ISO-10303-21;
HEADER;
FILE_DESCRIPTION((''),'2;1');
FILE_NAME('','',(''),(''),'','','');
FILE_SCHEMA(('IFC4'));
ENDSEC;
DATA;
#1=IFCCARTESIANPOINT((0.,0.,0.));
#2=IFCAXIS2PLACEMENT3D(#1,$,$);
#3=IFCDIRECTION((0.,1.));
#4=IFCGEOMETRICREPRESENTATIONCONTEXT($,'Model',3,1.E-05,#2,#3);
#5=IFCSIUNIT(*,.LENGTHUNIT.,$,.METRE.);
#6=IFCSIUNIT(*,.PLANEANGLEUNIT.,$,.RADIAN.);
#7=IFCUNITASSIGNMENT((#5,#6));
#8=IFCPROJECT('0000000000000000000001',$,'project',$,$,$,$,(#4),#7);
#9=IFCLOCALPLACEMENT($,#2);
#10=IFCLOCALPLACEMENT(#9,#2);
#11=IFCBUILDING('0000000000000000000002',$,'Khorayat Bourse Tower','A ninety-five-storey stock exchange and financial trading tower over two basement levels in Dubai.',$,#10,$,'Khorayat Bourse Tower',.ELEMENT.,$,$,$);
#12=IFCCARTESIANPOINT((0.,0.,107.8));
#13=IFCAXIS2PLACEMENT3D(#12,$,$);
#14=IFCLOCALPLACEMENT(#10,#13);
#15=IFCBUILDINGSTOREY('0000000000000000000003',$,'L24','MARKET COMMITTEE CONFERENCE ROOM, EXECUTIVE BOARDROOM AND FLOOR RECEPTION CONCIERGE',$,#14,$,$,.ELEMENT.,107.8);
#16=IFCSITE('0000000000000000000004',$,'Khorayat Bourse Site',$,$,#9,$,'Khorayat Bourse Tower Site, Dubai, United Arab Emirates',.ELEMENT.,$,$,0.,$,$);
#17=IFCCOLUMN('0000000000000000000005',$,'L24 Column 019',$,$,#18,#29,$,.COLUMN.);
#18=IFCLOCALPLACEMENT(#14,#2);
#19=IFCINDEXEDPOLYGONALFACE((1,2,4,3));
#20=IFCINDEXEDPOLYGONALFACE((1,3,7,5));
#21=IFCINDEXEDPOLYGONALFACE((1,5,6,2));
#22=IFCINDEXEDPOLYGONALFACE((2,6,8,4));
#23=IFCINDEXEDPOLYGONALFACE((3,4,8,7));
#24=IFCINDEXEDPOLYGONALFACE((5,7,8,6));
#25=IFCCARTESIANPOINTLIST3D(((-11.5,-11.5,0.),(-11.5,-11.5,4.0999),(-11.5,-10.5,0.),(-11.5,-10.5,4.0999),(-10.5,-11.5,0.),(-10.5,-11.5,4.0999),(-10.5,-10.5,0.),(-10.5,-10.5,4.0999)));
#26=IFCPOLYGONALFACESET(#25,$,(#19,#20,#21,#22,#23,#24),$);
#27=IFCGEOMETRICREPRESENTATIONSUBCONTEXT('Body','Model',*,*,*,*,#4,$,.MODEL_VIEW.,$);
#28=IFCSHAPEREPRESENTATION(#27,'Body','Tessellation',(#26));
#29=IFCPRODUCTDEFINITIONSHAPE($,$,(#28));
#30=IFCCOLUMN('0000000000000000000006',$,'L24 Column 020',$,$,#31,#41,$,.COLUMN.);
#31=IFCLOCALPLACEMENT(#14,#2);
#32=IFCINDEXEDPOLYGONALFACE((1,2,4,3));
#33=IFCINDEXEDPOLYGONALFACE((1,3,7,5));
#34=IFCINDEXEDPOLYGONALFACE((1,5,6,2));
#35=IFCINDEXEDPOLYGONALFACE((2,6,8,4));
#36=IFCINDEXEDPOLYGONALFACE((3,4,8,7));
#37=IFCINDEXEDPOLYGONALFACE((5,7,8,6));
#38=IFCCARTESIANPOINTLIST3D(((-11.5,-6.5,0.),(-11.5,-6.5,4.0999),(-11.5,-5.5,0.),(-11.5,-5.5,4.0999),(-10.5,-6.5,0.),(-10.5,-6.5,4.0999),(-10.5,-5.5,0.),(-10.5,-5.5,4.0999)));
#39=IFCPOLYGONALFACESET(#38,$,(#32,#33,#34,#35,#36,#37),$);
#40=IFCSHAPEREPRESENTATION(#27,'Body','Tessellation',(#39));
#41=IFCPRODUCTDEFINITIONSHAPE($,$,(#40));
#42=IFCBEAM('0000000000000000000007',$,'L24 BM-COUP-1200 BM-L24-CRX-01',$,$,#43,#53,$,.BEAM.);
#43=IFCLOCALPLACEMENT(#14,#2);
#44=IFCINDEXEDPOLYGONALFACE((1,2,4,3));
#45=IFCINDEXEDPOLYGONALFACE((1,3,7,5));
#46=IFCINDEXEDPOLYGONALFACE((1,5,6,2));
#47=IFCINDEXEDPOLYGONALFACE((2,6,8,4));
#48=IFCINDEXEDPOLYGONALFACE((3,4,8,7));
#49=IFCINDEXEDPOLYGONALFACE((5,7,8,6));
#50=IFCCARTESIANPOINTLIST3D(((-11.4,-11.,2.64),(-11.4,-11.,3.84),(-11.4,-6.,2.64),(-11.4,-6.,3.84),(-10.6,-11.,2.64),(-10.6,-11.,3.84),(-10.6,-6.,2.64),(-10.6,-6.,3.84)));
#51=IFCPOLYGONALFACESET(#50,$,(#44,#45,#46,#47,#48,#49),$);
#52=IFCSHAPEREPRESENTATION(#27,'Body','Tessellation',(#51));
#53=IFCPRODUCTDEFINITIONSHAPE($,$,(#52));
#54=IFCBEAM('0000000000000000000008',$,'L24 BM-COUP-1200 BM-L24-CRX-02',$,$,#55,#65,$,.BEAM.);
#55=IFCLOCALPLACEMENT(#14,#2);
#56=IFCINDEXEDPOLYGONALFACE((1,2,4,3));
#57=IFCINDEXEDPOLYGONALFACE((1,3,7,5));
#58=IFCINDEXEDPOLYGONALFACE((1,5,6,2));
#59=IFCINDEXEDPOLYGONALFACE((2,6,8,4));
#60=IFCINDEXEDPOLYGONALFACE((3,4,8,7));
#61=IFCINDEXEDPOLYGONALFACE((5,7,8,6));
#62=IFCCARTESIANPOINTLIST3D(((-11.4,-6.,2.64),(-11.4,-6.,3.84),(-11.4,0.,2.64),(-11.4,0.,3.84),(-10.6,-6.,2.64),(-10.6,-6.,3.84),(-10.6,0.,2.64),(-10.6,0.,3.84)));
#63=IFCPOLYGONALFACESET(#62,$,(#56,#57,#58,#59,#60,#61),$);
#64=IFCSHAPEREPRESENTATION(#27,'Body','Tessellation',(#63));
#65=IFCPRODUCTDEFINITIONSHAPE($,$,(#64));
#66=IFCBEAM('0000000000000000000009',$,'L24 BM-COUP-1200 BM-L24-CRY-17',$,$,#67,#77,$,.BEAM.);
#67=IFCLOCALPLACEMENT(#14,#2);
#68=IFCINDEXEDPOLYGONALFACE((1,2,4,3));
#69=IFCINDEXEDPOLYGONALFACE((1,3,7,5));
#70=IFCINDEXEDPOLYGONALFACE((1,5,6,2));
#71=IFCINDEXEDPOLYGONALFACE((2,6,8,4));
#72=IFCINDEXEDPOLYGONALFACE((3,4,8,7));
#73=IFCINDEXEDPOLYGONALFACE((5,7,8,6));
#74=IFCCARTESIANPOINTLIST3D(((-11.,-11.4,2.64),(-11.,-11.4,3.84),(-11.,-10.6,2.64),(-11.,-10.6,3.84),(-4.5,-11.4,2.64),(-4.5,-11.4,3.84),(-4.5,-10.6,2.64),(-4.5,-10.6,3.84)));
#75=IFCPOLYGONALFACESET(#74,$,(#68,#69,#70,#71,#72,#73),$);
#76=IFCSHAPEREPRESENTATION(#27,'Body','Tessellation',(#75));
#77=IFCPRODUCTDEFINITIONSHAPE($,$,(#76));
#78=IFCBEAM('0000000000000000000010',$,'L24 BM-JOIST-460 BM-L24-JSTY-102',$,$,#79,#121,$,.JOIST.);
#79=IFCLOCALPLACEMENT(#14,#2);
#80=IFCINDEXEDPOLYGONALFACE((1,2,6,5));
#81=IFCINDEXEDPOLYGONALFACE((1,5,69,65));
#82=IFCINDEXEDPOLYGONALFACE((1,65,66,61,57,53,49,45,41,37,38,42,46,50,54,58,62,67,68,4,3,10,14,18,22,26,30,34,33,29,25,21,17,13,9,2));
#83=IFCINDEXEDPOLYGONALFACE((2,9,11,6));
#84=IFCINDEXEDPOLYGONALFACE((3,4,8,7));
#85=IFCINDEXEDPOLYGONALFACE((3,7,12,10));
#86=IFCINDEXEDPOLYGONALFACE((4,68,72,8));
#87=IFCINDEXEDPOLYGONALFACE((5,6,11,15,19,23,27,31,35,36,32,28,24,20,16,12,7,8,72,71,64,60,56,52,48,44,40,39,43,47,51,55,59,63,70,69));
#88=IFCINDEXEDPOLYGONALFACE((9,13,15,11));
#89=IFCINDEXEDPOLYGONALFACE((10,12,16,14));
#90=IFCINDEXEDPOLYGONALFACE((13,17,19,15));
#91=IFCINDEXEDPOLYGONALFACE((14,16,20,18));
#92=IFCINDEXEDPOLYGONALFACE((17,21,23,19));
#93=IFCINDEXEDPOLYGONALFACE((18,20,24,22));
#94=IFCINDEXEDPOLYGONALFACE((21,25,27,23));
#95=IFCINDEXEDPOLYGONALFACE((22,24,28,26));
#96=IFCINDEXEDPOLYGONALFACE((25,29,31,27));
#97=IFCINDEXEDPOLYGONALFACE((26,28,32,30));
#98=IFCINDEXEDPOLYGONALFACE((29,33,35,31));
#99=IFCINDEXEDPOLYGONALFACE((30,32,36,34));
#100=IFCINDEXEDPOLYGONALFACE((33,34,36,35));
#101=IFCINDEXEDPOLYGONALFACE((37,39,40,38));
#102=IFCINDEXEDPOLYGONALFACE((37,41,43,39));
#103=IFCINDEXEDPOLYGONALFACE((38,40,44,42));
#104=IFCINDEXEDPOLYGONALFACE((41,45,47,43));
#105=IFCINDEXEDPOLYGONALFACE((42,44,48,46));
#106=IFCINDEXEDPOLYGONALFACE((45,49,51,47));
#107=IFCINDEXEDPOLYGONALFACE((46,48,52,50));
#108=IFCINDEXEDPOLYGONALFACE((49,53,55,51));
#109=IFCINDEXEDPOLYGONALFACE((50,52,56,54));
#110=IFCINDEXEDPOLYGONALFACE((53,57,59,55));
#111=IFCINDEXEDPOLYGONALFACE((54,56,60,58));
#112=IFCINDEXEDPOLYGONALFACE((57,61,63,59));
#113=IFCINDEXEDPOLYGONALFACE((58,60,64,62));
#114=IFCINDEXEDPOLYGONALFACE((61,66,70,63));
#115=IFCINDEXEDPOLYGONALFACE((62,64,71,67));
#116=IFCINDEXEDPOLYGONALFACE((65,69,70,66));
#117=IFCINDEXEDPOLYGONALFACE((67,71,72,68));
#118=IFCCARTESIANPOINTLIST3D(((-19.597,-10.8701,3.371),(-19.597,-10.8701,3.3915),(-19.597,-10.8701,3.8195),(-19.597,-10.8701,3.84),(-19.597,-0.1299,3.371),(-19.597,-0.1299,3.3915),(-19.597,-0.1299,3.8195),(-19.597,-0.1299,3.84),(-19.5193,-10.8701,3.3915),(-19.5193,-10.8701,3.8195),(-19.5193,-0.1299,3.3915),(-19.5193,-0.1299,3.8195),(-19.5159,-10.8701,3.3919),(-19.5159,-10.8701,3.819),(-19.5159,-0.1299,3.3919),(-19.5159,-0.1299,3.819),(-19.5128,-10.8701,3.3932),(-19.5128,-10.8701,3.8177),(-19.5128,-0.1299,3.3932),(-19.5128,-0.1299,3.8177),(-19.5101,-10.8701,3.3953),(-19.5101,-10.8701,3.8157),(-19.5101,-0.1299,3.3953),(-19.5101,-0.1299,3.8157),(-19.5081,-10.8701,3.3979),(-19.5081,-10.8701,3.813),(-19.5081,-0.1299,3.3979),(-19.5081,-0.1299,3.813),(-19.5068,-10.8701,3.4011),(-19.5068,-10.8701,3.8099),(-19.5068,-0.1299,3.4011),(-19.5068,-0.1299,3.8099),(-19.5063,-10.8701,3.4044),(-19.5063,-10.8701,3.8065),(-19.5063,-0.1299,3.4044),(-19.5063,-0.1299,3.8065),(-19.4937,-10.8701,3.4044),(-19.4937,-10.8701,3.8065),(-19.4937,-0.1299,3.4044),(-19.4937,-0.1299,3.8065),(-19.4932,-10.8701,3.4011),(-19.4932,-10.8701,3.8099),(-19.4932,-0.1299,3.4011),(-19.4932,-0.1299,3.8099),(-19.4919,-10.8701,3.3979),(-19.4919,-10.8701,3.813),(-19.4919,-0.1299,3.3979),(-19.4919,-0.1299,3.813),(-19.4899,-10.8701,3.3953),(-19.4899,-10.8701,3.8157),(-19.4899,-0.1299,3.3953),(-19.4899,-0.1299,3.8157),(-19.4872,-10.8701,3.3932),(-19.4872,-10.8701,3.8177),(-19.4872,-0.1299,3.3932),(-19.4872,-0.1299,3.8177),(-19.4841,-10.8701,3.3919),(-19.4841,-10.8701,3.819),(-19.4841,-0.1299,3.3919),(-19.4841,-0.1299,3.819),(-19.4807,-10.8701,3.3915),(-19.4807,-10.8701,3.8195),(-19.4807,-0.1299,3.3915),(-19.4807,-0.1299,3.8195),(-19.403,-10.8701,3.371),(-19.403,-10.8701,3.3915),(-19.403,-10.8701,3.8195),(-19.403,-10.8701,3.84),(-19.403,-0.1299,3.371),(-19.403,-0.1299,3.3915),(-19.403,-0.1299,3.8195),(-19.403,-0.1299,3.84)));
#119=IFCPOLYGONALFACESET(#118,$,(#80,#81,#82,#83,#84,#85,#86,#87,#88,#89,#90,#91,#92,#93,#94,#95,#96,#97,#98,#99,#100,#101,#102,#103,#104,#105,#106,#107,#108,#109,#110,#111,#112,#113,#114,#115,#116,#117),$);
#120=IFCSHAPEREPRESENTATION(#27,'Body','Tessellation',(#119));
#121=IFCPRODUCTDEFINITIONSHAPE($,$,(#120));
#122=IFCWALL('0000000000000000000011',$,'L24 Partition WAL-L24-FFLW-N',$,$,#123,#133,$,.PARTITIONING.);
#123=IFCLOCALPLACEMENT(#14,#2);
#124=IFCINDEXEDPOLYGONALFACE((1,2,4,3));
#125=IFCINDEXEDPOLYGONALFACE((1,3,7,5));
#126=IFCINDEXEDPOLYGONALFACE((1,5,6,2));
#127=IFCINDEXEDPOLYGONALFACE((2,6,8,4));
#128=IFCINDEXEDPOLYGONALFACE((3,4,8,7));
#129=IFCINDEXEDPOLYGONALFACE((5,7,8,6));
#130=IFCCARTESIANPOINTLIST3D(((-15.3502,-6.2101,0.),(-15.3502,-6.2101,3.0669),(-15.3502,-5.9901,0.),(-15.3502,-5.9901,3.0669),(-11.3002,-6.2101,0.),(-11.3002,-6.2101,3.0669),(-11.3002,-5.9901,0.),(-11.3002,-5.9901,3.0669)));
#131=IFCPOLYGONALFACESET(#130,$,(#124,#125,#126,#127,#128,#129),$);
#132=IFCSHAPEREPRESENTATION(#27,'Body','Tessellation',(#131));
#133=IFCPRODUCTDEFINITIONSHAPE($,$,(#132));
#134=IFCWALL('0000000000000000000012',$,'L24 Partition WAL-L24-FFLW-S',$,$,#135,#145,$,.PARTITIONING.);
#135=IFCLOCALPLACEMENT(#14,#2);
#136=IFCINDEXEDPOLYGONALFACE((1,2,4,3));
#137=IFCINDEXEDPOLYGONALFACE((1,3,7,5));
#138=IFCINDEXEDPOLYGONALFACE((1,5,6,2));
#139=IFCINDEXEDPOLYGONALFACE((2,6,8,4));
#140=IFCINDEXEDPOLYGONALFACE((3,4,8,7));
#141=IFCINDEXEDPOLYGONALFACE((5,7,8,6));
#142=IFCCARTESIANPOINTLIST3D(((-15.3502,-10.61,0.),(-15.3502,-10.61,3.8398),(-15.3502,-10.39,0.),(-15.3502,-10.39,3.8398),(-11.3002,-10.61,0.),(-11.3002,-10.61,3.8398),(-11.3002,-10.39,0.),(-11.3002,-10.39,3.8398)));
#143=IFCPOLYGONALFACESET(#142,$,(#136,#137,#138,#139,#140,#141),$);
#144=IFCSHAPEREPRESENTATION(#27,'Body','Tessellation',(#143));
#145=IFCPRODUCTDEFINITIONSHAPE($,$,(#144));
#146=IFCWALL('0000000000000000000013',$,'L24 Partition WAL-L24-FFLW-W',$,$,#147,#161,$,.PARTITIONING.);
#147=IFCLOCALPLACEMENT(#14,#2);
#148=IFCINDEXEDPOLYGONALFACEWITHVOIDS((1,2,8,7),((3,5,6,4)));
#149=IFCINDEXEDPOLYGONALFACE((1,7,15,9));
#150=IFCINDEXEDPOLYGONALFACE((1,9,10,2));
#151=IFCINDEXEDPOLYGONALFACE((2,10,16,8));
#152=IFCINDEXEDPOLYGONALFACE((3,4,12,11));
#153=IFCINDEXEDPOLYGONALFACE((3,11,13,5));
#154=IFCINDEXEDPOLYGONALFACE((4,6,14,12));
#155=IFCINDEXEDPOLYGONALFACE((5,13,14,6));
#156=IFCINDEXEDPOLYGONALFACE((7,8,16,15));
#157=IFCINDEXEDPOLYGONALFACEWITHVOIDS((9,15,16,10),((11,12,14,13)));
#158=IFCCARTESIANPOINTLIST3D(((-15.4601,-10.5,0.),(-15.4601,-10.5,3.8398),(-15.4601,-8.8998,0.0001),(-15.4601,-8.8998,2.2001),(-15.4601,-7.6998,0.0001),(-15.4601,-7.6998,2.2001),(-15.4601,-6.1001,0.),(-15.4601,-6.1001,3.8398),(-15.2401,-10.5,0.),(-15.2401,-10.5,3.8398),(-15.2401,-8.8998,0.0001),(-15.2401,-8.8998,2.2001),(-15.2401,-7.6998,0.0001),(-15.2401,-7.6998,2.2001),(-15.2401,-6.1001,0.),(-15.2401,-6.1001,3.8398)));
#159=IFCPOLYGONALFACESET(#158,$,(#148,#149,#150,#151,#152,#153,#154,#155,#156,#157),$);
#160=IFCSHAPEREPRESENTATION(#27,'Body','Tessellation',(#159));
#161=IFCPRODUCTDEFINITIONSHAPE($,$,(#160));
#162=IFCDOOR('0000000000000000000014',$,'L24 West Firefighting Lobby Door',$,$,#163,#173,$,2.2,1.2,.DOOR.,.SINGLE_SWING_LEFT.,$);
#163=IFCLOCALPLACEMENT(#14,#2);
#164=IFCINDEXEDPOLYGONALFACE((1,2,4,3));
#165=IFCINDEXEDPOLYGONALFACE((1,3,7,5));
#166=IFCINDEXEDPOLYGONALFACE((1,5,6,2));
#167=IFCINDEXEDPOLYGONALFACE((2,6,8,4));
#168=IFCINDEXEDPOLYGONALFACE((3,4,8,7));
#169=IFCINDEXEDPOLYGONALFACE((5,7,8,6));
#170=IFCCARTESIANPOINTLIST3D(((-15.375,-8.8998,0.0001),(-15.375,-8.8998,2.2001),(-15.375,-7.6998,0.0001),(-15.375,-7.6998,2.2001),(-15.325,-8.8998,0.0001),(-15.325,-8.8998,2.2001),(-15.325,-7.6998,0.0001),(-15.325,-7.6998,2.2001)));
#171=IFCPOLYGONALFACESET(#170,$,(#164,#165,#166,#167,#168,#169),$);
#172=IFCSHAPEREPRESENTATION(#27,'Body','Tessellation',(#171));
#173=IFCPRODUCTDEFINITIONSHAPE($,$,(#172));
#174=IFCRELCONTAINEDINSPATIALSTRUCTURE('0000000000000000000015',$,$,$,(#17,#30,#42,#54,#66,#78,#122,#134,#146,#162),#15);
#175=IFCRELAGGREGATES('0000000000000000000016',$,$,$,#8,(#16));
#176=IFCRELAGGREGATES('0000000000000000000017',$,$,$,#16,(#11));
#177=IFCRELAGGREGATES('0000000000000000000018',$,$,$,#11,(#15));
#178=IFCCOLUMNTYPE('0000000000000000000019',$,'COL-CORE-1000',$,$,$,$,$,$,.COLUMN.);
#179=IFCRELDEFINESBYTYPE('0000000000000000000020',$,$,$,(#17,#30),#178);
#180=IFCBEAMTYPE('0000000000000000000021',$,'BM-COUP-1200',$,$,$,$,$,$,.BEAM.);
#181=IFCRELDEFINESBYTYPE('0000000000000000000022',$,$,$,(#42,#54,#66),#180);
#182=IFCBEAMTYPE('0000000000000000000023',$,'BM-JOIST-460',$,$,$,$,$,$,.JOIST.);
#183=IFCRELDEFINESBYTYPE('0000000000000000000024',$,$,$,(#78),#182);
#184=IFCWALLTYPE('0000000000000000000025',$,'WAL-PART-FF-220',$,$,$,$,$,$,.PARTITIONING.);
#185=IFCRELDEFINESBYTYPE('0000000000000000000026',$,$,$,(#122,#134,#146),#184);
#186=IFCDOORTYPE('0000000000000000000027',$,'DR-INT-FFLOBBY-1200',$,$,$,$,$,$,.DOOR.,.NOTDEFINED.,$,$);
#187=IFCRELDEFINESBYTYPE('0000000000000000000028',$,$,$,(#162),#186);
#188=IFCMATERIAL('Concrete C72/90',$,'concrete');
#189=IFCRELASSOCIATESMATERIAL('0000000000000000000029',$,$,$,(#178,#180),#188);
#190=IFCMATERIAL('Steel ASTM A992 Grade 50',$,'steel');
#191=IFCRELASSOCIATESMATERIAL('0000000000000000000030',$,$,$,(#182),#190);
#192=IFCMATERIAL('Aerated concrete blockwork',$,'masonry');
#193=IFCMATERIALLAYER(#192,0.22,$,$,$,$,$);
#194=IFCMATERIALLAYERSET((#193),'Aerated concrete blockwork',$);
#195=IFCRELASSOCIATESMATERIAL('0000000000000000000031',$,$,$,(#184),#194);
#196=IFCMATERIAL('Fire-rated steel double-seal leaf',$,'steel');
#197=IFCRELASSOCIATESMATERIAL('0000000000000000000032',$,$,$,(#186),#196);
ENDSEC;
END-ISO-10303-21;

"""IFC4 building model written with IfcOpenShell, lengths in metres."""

from ifc_helpers import new_model, si_unit, direction, frame, frame_2d, origin, origin_2d, place, context, subcontext, project, spatial, rectangle, i_section, extrude, source, transform, mapped, material, layer, layer_set, material_profile, profile_set, type_object, element, fill, save


model = new_model("IFC4")

# Units and contexts
model_context = context("Model", 3, precision=1e-05, world=origin(), true_north=direction((0.0, 1.0)))
body_context = subcontext(model_context, "Body", "Model", "MODEL_VIEW")
ifc_project = project(units=[si_unit("LENGTHUNIT", "METRE"), si_unit("PLANEANGLEUNIT", "RADIAN")], contexts=[model_context])

# Site, building, storey
site_placement = place(None, origin())
site = spatial("IfcSite", under=ifc_project, at=site_placement, Name="Khorayat Bourse Site", LongName="Khorayat Bourse Tower Site, Dubai, United Arab Emirates", CompositionType="ELEMENT", RefElevation=0.0)
building_placement = place(site_placement, origin())
building = spatial("IfcBuilding", under=site, at=building_placement, Name="Khorayat Bourse Tower", Description="A ninety-five-storey stock exchange and financial trading tower over two basement levels in Dubai.", LongName="Khorayat Bourse Tower", CompositionType="ELEMENT")
storey_placement = place(building_placement, frame((0.0, 0.0, 107.8)))
storey = spatial("IfcBuildingStorey", under=building, at=storey_placement, Name="L24", Description="MARKET COMMITTEE CONFERENCE ROOM, EXECUTIVE BOARDROOM AND FLOOR RECEPTION CONCIERGE", CompositionType="ELEMENT", Elevation=107.8)

# Columns
ifc_material_1 = material(Name="Concrete C72/90", Category="concrete")
ifc_material_profile_1 = material_profile(ifc_material_1, rectangle(XDim=1.0, YDim=1.0, at=origin_2d()), Name="RC 1000x1000")
ifc_profile_set_1 = profile_set([ifc_material_profile_1], Name="Concrete C72/90")
column_type = type_object("IfcColumnType", Name="COL-CORE-1000", PredefinedType="COLUMN", material=ifc_profile_set_1)
shared_shape_1 = source(origin(), body_context, "Body", "SweptSolid", [
    extrude(rectangle(XDim=1.0, YDim=1.0, at=origin_2d()), origin(), (0.0, 0.0, 1.0), 4.0999),
])
for number, where, z_axis, x_axis, name in (
    (1, (-11.0, -11.0, 0.0), (0.0, 0.0, 1.0), (1.0, 0.0, 0.0), "L24 Column 019"),
    (2, (-11.0, -6.0, 0.0), (0.0, 0.0, 1.0), (1.0, 0.0, 0.0), "L24 Column 020"),
):
    element("IfcColumn", number, at=place(storey_placement, frame(where, z_axis=z_axis, x_axis=x_axis)), inside=storey, type_object=column_type, Name=name, PredefinedType="COLUMN", context=body_context, shape_type="MappedRepresentation", body=[
        mapped(shared_shape_1, transform((0.0, 0.0, 0.0), scale=1.0)),
    ])

# Beams
ifc_material_profile_2 = material_profile(ifc_material_1, rectangle(XDim=0.8, YDim=1.2, at=origin_2d()), Name="RC 800x1200")
ifc_profile_set_2 = profile_set([ifc_material_profile_2], Name="Concrete C72/90")
beam_type_1 = type_object("IfcBeamType", Name="BM-COUP-1200", PredefinedType="BEAM", material=ifc_profile_set_2)
shared_shape_2 = source(origin(), body_context, "Body", "SweptSolid", [
    extrude(rectangle(XDim=0.8, YDim=1.2, at=origin_2d()), origin(), (0.0, 0.0, 1.0), 5.0),
])
beam_1_placement = place(storey_placement, frame((-11.0, -11.0, 3.24), z_axis=(0.0, 1.0, 0.0), x_axis=(-1.0, 0.0, 0.0)))
element("IfcBeam", 3, at=beam_1_placement, inside=storey, type_object=beam_type_1, Name="L24 BM-COUP-1200 BM-L24-CRX-01", PredefinedType="BEAM", context=body_context, shape_type="MappedRepresentation", body=[
    mapped(shared_shape_2, transform((0.0, 0.0, 0.0), scale=1.0)),
])
shared_shape_3 = source(origin(), body_context, "Body", "SweptSolid", [
    extrude(rectangle(XDim=0.8, YDim=1.2, at=origin_2d()), origin(), (0.0, 0.0, 1.0), 6.0),
])
beam_2_placement = place(storey_placement, frame((-11.0, -6.0, 3.24), z_axis=(0.0, 1.0, 0.0), x_axis=(-1.0, 0.0, 0.0)))
element("IfcBeam", 4, at=beam_2_placement, inside=storey, type_object=beam_type_1, Name="L24 BM-COUP-1200 BM-L24-CRX-02", PredefinedType="BEAM", context=body_context, shape_type="MappedRepresentation", body=[
    mapped(shared_shape_3, transform((0.0, 0.0, 0.0), scale=1.0)),
])
shared_shape_4 = source(origin(), body_context, "Body", "SweptSolid", [
    extrude(rectangle(XDim=0.8, YDim=1.2, at=origin_2d()), origin(), (0.0, 0.0, 1.0), 6.5),
])
beam_3_placement = place(storey_placement, frame((-11.0, -11.0, 3.24), z_axis=(1.0, 0.0, 0.0), x_axis=(0.0, 1.0, 0.0)))
element("IfcBeam", 5, at=beam_3_placement, inside=storey, type_object=beam_type_1, Name="L24 BM-COUP-1200 BM-L24-CRY-17", PredefinedType="BEAM", context=body_context, shape_type="MappedRepresentation", body=[
    mapped(shared_shape_4, transform((0.0, 0.0, 0.0), scale=1.0)),
])
ifc_material_2 = material(Name="Steel ASTM A992 Grade 50", Category="steel")
ifc_material_profile_3 = material_profile(ifc_material_2, i_section(OverallWidth=0.1941, OverallDepth=0.469, WebThickness=0.0127, FlangeThickness=0.0205, FilletRadius=0.0129, at=origin_2d()), Name="W460X106")
ifc_profile_set_3 = profile_set([ifc_material_profile_3], Name="Steel ASTM A992 Grade 50")
beam_type_2 = type_object("IfcBeamType", Name="BM-JOIST-460", PredefinedType="JOIST", material=ifc_profile_set_3)
shared_shape_5 = source(origin(), body_context, "Body", "SweptSolid", [
    extrude(i_section(OverallWidth=0.1941, OverallDepth=0.469, WebThickness=0.0127, FlangeThickness=0.0205, FilletRadius=0.0129, at=origin_2d()), origin(), (0.0, 0.0, 1.0), 10.7402),
])
beam_4_placement = place(storey_placement, frame((-19.5, -10.8701, 3.6055), z_axis=(0.0, 1.0, 0.0), x_axis=(-1.0, 0.0, 0.0)))
element("IfcBeam", 6, at=beam_4_placement, inside=storey, type_object=beam_type_2, Name="L24 BM-JOIST-460 BM-L24-JSTY-102", PredefinedType="JOIST", context=body_context, shape_type="MappedRepresentation", body=[
    mapped(shared_shape_5, transform((0.0, 0.0, 0.0), scale=1.0)),
])

# Walls
ifc_material_3 = material(Name="Aerated concrete blockwork", Category="masonry")
ifc_layer_1 = layer(ifc_material_3, 0.22)
ifc_layer_set_1 = layer_set([ifc_layer_1], Name="Aerated concrete blockwork")
wall_type_1 = type_object("IfcWallType", Name="WAL-PART-FF-220", PredefinedType="PARTITIONING", material=ifc_layer_set_1)
shared_shape_6 = source(origin(), body_context, "Body", "SweptSolid", [
    extrude(rectangle(XDim=4.05, YDim=0.22, at=frame_2d((2.0249, 0.0))), origin(), (0.0, 0.0, 1.0), 3.0669),
])
wall_1_placement = place(storey_placement, frame((-15.3501, -6.1001, 0.0), z_axis=(0.0, 0.0, 1.0), x_axis=(1.0, 0.0, 0.0)))
element("IfcWall", 7, at=wall_1_placement, inside=storey, type_object=wall_type_1, Name="L24 Partition WAL-L24-FFLW-N", PredefinedType="PARTITIONING", context=body_context, shape_type="MappedRepresentation", body=[
    mapped(shared_shape_6, transform((0.0, 0.0, 0.0), scale=1.0)),
])
shared_shape_7 = source(origin(), body_context, "Body", "SweptSolid", [
    extrude(rectangle(XDim=4.05, YDim=0.22, at=frame_2d((2.0249, 0.0))), origin(), (0.0, 0.0, 1.0), 3.8398),
])
wall_2_placement = place(storey_placement, frame((-15.3501, -10.5, 0.0), z_axis=(0.0, 0.0, 1.0), x_axis=(1.0, 0.0, 0.0)))
element("IfcWall", 8, at=wall_2_placement, inside=storey, type_object=wall_type_1, Name="L24 Partition WAL-L24-FFLW-S", PredefinedType="PARTITIONING", context=body_context, shape_type="MappedRepresentation", body=[
    mapped(shared_shape_7, transform((0.0, 0.0, 0.0), scale=1.0)),
])

# Wall, opening, door
shared_shape_8 = source(origin(), body_context, "Body", "SweptSolid", [
    extrude(rectangle(XDim=4.3999, YDim=0.22, at=frame_2d((2.2, 0.0))), origin(), (0.0, 0.0, 1.0), 3.8398),
])
wall_3_placement = place(storey_placement, frame((-15.3501, -10.5, 0.0), z_axis=(0.0, 0.0, 1.0), x_axis=(0.0, 1.0, 0.0)))
wall_3 = element("IfcWall", 9, at=wall_3_placement, inside=storey, type_object=wall_type_1, Name="L24 Partition WAL-L24-FFLW-W", PredefinedType="PARTITIONING", context=body_context, shape_type="MappedRepresentation", body=[
    mapped(shared_shape_8, transform((0.0, 0.0, 0.0), scale=1.0)),
])
shared_shape_9 = source(origin(), body_context, "Body", "SweptSolid", [
    extrude(rectangle(XDim=1.2, YDim=2.2, at=frame_2d((0.6001, 1.1001))), frame((0.0, 0.1199, 0.0), z_axis=(0.0, -1.0, 0.0), x_axis=(1.0, 0.0, 0.0)), (0.0, 0.0, 1.0), 0.24),
])
opening_1_placement = place(wall_3_placement, frame((1.6001, 0.0, 0.0)))
opening_1 = element("IfcOpeningElement", 10, at=opening_1_placement, cuts=wall_3, PredefinedType="OPENING", context=body_context, shape_type="MappedRepresentation", body=[
    mapped(shared_shape_9, transform((0.0, 0.0, 0.0), scale=1.0)),
])
ifc_material_4 = material(Name="Fire-rated steel double-seal leaf", Category="steel")
door_type_1 = type_object("IfcDoorType", Name="DR-INT-FFLOBBY-1200", OperationType="NOTDEFINED", PredefinedType="DOOR", material=ifc_material_4)
shared_shape_10 = source(origin(), body_context, "Body", "SweptSolid", [
    extrude(rectangle(XDim=1.2, YDim=2.2, at=frame_2d((0.6001, 1.1001))), frame((0.0, 0.0249, 0.0), z_axis=(0.0, -1.0, 0.0), x_axis=(1.0, 0.0, 0.0)), (0.0, 0.0, 1.0), 0.05),
])
door_1_placement = place(opening_1_placement, origin())
door_1 = element("IfcDoor", 11, at=door_1_placement, inside=storey, type_object=door_type_1, Name="L24 West Firefighting Lobby Door", OperationType="SINGLE_SWING_LEFT", OverallHeight=2.2, OverallWidth=1.2, PredefinedType="DOOR", context=body_context, shape_type="MappedRepresentation", body=[
    mapped(shared_shape_10, transform((0.0, 0.0, 0.0), scale=1.0)),
])
fill(opening_1, door_1)

save(model, "model.ifc")
